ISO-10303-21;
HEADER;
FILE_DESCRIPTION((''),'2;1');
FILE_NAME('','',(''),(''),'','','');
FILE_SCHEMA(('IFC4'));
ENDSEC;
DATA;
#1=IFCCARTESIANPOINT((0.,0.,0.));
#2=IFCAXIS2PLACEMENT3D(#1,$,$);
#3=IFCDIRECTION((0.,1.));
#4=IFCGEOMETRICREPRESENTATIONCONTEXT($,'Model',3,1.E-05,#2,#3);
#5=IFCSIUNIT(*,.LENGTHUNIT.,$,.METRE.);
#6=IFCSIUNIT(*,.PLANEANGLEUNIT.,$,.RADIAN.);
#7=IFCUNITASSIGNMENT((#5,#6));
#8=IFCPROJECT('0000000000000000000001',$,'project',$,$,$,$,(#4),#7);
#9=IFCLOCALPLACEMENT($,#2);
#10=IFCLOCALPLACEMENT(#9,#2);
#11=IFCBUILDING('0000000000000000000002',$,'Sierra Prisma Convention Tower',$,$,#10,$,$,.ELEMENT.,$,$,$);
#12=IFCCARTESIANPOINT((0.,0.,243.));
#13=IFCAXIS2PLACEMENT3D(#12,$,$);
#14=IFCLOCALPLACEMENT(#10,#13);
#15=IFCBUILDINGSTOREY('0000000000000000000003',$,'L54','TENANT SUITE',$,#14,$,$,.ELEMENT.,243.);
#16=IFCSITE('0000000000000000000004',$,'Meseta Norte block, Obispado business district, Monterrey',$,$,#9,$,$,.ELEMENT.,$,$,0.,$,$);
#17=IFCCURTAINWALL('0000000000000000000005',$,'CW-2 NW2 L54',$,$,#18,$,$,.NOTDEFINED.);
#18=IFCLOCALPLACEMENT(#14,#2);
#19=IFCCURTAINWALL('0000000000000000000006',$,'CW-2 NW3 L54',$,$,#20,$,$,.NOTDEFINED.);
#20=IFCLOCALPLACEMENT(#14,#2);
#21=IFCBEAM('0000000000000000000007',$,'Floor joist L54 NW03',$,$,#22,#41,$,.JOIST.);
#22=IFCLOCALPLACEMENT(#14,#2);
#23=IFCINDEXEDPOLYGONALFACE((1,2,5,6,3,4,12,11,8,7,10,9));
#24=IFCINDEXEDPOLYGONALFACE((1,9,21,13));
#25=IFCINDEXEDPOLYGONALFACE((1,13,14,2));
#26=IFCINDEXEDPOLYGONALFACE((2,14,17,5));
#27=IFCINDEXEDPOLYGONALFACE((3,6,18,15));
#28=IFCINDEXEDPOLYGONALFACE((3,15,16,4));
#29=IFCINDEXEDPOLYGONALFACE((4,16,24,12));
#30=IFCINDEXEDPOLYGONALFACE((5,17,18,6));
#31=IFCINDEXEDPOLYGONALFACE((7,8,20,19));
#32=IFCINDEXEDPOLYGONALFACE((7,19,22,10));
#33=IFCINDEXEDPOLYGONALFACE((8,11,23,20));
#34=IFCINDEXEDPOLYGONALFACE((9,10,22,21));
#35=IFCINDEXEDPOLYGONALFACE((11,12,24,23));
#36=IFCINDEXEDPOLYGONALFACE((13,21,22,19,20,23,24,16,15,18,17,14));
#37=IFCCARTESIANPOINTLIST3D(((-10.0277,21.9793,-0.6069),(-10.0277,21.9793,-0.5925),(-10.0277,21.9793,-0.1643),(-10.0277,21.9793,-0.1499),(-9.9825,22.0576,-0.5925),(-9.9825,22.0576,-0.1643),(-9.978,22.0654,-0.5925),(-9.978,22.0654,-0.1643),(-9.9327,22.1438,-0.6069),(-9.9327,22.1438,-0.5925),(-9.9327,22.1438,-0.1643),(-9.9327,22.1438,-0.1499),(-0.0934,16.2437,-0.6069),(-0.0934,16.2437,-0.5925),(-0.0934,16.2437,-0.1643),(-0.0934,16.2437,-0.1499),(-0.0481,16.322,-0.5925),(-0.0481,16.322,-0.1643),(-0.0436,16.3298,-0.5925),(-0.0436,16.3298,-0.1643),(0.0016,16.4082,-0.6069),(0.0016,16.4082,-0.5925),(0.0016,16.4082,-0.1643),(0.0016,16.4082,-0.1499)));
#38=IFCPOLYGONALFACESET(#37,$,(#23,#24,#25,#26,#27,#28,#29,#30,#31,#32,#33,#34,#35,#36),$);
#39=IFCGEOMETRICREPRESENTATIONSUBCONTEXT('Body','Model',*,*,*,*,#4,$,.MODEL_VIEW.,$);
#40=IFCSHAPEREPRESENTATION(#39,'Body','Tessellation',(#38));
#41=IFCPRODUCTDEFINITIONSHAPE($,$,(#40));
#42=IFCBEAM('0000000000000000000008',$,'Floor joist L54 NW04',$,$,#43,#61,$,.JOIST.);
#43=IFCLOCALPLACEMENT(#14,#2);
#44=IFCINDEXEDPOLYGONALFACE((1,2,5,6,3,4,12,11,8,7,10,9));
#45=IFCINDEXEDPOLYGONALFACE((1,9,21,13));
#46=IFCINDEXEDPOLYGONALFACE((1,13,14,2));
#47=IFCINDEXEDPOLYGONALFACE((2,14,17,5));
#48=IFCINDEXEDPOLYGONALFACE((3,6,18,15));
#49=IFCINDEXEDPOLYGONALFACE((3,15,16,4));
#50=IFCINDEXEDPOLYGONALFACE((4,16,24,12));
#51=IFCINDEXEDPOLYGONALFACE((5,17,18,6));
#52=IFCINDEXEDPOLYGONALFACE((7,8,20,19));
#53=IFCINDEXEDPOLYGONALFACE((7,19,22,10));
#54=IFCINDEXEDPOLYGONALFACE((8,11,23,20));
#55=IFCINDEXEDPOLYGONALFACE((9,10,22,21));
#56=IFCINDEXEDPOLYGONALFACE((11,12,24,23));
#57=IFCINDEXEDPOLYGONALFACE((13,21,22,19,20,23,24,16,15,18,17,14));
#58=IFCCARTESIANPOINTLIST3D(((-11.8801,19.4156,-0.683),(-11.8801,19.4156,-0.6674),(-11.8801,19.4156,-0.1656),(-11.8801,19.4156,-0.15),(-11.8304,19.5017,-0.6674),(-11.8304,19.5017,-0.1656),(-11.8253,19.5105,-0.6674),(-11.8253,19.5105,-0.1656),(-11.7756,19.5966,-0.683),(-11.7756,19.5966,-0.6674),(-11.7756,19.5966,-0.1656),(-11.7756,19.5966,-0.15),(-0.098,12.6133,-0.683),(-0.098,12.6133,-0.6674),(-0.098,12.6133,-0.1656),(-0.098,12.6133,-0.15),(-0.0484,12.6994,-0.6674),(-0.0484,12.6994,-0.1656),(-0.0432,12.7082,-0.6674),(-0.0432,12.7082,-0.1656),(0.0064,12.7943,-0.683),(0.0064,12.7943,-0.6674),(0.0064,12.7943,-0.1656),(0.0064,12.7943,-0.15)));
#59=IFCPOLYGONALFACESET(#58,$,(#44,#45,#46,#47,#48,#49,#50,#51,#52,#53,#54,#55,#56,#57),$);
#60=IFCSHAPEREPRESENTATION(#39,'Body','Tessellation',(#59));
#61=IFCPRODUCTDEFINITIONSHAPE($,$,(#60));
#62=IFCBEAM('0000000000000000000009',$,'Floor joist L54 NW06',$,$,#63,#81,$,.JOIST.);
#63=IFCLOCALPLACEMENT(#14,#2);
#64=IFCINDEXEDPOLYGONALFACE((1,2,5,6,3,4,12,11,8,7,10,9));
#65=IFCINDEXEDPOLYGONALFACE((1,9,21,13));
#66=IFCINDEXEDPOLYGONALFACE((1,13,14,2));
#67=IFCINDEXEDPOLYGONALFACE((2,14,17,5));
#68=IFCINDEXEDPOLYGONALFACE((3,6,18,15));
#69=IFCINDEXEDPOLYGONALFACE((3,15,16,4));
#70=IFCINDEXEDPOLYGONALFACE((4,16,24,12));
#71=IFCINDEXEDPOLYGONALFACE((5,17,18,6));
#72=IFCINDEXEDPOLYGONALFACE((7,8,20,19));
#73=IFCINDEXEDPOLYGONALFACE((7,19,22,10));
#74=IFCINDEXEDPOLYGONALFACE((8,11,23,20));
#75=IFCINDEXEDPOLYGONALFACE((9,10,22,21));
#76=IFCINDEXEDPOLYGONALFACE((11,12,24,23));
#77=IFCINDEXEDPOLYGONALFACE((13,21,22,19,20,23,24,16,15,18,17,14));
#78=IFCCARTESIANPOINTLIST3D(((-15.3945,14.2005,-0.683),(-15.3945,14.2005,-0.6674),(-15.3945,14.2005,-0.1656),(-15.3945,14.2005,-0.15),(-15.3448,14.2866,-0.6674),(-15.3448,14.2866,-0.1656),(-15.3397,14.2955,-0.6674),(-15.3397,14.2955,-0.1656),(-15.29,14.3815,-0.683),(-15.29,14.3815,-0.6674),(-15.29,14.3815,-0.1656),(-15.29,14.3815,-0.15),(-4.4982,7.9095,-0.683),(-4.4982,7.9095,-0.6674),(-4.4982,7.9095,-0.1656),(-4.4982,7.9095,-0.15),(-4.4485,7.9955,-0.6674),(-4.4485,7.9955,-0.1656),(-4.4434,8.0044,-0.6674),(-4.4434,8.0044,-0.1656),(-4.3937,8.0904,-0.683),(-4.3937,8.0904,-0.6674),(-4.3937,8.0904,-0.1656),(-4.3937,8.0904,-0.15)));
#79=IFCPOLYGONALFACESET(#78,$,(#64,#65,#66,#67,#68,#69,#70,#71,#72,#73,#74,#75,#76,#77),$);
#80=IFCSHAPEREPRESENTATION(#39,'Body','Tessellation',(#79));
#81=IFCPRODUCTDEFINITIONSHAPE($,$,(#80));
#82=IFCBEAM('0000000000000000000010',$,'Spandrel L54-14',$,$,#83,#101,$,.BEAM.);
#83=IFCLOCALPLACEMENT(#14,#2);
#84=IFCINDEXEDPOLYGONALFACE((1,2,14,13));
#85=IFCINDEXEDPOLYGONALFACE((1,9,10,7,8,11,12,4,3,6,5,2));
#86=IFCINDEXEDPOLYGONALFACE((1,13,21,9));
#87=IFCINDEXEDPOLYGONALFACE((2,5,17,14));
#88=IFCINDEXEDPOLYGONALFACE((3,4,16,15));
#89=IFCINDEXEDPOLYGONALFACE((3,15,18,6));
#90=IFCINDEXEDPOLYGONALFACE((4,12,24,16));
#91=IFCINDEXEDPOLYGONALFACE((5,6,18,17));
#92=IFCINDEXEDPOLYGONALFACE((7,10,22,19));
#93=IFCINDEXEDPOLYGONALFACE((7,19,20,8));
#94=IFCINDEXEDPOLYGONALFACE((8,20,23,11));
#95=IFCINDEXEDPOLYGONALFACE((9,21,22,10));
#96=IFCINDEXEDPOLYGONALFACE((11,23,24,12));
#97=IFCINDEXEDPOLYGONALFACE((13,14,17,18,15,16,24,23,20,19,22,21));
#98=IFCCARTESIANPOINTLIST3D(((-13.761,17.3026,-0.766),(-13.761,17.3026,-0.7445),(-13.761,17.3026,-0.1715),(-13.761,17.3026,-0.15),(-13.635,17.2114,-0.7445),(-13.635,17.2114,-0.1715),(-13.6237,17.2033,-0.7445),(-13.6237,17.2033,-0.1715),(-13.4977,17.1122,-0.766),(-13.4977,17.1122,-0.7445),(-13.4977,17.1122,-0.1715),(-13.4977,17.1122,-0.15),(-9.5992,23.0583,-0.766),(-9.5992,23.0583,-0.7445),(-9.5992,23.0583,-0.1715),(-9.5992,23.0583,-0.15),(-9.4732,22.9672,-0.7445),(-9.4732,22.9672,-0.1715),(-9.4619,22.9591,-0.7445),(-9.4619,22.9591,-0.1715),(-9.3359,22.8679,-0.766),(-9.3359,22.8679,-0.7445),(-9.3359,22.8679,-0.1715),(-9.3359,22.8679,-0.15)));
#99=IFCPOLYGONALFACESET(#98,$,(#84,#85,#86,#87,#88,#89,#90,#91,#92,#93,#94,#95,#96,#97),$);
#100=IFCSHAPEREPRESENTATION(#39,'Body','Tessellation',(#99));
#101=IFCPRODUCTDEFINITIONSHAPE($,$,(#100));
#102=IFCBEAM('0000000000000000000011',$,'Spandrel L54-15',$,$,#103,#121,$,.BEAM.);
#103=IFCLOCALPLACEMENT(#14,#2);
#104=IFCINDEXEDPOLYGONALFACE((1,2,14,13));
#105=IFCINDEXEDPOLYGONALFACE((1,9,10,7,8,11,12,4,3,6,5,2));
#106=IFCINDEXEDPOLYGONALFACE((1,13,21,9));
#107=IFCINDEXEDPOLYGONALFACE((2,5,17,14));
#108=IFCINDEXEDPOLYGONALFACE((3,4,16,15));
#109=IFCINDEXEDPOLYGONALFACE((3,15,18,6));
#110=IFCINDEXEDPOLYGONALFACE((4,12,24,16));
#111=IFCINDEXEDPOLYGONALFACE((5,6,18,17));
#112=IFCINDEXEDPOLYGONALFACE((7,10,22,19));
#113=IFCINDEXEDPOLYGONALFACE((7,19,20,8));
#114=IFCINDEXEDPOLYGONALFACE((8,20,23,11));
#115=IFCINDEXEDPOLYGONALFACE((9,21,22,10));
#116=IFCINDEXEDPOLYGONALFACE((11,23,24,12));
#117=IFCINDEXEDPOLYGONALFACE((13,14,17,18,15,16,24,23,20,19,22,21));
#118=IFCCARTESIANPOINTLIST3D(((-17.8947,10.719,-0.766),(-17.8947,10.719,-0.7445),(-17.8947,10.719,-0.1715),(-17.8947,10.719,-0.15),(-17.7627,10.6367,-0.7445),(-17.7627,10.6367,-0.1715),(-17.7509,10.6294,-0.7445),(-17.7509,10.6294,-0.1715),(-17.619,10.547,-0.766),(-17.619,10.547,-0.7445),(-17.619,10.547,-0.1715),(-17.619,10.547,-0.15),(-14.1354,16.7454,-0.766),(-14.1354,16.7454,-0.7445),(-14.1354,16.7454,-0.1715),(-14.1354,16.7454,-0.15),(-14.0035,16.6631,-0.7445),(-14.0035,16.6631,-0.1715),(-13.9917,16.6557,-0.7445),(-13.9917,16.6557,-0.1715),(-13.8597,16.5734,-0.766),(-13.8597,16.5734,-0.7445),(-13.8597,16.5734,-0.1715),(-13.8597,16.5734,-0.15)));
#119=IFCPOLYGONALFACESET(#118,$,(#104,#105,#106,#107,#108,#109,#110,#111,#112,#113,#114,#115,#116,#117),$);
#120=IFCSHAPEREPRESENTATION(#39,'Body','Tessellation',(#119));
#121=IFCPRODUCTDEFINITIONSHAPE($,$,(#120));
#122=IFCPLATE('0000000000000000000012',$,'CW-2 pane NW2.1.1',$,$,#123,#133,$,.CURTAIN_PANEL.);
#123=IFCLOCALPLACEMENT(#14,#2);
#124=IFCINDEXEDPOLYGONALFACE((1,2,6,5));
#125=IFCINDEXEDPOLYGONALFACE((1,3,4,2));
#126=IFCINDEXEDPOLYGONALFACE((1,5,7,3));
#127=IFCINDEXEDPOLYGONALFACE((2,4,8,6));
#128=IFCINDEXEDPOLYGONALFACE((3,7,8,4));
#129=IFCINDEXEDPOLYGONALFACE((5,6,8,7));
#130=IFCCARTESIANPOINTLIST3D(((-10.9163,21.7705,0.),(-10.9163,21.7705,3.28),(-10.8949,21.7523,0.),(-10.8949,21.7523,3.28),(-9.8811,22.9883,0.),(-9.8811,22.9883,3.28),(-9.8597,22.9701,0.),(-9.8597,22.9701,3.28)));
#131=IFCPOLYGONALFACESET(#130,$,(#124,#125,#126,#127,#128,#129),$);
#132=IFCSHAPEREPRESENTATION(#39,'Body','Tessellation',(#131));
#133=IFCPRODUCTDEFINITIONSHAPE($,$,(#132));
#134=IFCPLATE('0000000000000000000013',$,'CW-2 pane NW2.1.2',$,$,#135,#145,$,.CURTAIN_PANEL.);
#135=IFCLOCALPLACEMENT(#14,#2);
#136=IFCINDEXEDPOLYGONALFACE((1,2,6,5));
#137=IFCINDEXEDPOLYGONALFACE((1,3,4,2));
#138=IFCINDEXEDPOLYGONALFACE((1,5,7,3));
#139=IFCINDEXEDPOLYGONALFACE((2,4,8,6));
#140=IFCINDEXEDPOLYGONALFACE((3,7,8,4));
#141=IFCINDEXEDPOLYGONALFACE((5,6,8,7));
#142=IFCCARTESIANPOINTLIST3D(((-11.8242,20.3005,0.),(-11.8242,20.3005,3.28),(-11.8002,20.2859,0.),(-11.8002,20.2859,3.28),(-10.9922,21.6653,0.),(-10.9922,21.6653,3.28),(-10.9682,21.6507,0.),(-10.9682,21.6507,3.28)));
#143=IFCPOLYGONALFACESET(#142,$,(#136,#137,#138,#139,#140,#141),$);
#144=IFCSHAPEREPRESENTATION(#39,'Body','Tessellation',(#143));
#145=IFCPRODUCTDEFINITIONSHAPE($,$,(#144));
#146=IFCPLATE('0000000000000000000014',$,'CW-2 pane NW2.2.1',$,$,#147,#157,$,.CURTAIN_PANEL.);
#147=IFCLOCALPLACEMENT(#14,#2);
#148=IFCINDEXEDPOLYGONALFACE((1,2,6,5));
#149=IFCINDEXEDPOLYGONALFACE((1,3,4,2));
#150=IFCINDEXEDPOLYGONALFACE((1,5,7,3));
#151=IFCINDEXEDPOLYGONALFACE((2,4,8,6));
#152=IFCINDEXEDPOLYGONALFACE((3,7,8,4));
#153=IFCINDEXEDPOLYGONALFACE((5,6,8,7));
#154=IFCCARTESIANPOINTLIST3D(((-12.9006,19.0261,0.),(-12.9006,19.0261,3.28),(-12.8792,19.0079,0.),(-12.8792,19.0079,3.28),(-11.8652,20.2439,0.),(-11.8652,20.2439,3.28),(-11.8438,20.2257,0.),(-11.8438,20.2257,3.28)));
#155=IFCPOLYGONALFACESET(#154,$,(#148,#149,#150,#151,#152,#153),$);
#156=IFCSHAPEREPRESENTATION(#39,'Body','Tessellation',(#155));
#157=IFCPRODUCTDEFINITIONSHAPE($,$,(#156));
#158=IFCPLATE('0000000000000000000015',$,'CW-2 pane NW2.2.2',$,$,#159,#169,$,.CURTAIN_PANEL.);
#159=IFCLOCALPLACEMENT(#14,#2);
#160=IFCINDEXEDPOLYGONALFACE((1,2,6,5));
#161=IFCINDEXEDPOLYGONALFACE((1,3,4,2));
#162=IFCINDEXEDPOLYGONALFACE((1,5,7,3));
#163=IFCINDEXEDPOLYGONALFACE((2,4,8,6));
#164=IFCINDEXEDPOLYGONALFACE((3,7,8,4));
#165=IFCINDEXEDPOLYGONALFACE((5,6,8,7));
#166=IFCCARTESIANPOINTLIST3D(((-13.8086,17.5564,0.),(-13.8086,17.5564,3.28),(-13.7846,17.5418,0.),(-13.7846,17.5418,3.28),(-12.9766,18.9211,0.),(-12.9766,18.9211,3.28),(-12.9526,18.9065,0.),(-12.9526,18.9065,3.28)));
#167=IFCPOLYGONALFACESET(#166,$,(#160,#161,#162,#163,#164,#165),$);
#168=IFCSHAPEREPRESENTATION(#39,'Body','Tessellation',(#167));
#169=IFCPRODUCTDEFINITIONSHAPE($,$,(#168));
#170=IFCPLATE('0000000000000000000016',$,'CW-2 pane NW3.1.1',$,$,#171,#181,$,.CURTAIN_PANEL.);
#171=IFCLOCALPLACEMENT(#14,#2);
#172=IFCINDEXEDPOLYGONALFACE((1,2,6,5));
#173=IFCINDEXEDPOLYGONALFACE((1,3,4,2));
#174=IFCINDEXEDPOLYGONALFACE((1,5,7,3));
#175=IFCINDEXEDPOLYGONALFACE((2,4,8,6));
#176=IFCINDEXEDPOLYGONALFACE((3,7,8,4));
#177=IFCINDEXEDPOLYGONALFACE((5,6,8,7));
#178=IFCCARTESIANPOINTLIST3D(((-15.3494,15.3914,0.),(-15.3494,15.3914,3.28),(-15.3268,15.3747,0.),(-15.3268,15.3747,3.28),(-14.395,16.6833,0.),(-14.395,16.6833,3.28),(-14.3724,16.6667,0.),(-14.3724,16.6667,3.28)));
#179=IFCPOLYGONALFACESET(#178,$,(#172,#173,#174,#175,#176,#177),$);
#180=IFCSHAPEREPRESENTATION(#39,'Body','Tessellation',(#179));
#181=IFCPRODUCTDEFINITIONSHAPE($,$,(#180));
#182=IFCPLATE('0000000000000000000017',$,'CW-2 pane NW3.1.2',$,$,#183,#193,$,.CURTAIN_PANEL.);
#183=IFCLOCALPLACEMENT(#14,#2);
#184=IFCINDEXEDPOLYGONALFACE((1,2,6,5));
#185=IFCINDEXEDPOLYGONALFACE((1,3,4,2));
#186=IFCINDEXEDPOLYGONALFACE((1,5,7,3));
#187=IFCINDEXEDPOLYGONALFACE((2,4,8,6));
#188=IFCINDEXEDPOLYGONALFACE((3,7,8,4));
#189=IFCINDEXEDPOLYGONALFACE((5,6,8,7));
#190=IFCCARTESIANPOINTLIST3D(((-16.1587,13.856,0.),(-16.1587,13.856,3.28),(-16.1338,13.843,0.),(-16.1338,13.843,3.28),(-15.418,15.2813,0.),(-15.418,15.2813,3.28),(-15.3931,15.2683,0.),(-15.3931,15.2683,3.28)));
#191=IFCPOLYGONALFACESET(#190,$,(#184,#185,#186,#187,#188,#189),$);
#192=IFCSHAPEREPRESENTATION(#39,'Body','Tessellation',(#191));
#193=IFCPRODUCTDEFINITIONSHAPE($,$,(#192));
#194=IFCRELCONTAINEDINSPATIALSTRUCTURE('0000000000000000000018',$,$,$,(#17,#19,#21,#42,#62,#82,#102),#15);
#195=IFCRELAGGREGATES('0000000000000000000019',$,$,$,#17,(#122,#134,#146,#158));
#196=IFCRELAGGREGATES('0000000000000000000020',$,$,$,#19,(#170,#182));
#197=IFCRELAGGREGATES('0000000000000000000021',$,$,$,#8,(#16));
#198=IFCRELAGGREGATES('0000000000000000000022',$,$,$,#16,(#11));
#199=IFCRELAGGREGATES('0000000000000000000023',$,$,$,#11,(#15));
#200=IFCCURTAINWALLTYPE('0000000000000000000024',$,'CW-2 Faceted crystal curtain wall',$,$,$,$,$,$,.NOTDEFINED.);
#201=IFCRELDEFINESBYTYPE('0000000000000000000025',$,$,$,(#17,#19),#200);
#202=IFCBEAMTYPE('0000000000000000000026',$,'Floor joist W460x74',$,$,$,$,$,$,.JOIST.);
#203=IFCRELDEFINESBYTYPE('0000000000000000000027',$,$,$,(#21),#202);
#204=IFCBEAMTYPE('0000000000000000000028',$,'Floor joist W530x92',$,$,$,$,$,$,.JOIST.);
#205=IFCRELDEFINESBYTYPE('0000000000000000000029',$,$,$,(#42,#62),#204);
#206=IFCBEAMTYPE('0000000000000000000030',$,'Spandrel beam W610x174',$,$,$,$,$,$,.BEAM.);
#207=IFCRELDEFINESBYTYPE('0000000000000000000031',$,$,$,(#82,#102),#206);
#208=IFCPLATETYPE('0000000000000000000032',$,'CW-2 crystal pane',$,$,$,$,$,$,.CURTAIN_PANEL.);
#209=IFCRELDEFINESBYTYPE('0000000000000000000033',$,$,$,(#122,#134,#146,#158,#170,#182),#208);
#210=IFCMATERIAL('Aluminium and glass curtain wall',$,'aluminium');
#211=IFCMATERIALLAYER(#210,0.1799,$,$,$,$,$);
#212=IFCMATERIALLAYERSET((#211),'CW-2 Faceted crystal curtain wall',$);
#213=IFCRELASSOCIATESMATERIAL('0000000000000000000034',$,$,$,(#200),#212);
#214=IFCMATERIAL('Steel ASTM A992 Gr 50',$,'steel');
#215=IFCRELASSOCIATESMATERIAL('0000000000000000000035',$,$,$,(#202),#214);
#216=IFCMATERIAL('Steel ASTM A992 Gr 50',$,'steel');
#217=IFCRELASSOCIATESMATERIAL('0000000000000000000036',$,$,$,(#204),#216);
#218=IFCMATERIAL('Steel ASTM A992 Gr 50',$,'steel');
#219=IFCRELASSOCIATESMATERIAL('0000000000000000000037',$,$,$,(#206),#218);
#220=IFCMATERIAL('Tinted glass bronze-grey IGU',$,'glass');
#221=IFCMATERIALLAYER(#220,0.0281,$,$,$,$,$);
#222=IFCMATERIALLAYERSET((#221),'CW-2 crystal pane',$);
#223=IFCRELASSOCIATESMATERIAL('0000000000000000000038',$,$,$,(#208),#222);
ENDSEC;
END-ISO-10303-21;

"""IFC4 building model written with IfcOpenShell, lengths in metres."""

from ifc_helpers import new_model, si_unit, direction, frame, origin, origin_2d, place, context, subcontext, project, spatial, polyline, i_section, outline, extrude, material, layer, layer_set, material_profile, profile_set, type_object, element, aggregate, save


model = new_model("IFC4")

# Units and contexts
model_context = context("Model", 3, precision=1e-05, world=origin(), true_north=direction((0.0, 1.0)))
body_context = subcontext(model_context, "Body", "Model", "MODEL_VIEW")
ifc_project = project(units=[si_unit("LENGTHUNIT", "METRE"), si_unit("PLANEANGLEUNIT", "RADIAN")], contexts=[model_context])

# Site, building, storey
site_placement = place(None, origin())
site = spatial("IfcSite", under=ifc_project, at=site_placement, Name="Meseta Norte block, Obispado business district, Monterrey", CompositionType="ELEMENT", RefElevation=0.0)
building_placement = place(site_placement, origin())
building = spatial("IfcBuilding", under=site, at=building_placement, Name="Sierra Prisma Convention Tower", CompositionType="ELEMENT")
storey_placement = place(building_placement, frame((0.0, 0.0, 243.0)))
storey = spatial("IfcBuildingStorey", under=building, at=storey_placement, Name="L54", Description="TENANT SUITE", CompositionType="ELEMENT", Elevation=243.0)

# Curtain walls
ifc_material_1 = material(Name="Aluminium and glass curtain wall", Category="aluminium")
ifc_layer_1 = layer(ifc_material_1, 0.1799)
ifc_layer_set_1 = layer_set([ifc_layer_1], Name="CW-2 Faceted crystal curtain wall")
curtain_wall_type = type_object("IfcCurtainWallType", Name="CW-2 Faceted crystal curtain wall", PredefinedType="NOTDEFINED", material=ifc_layer_set_1)
curtain_wall_1_placement = place(storey_placement, origin())
curtain_wall_1 = element("IfcCurtainWall", 1, at=curtain_wall_1_placement, inside=storey, type_object=curtain_wall_type, Name="CW-2 NW2 L54", PredefinedType="NOTDEFINED")
curtain_wall_2_placement = place(storey_placement, origin())
curtain_wall_2 = element("IfcCurtainWall", 2, at=curtain_wall_2_placement, inside=storey, type_object=curtain_wall_type, Name="CW-2 NW3 L54", PredefinedType="NOTDEFINED")

# Beams
ifc_material_2 = material(Name="Steel ASTM A992 Gr 50", Category="steel")
ifc_material_profile_1 = material_profile(ifc_material_2, i_section(OverallWidth=0.1899, OverallDepth=0.457, WebThickness=0.009, FlangeThickness=0.0144, at=origin_2d()), Name="W460x74")
ifc_profile_set_1 = profile_set([ifc_material_profile_1], Name="Steel ASTM A992 Gr 50")
beam_type_1 = type_object("IfcBeamType", Name="Floor joist W460x74", PredefinedType="JOIST", material=ifc_profile_set_1)
beam_1_placement = place(storey_placement, frame((-9.9802, 22.0615, -0.3784), z_axis=(0.866025, -0.500001, 0.0), x_axis=(0.500001, 0.866025, 0.0)))
element("IfcBeam", 3, at=beam_1_placement, inside=storey, type_object=beam_type_1, Name="Floor joist L54 NW03", PredefinedType="JOIST", context=body_context, shape_type="SweptSolid", body=[
    extrude(i_section(OverallWidth=0.1899, OverallDepth=0.457, WebThickness=0.009, FlangeThickness=0.0144, at=origin_2d()), origin(), (0.0, 0.0, 1.0), 11.4712),
])
ifc_material_3 = material(Name="Steel ASTM A992 Gr 50", Category="steel")
ifc_material_profile_2 = material_profile(ifc_material_3, i_section(OverallWidth=0.209, OverallDepth=0.533, WebThickness=0.0103, FlangeThickness=0.0156, at=origin_2d()), Name="W530x92")
ifc_profile_set_2 = profile_set([ifc_material_profile_2], Name="Steel ASTM A992 Gr 50")
beam_type_2 = type_object("IfcBeamType", Name="Floor joist W530x92", PredefinedType="JOIST", material=ifc_profile_set_2)
beam_2_placement = place(storey_placement, frame((-11.8279, 19.5061, -0.4165), z_axis=(0.866028, -0.499995, 0.0), x_axis=(0.499995, 0.866028, 0.0)))
element("IfcBeam", 4, at=beam_2_placement, inside=storey, type_object=beam_type_2, Name="Floor joist L54 NW04", PredefinedType="JOIST", context=body_context, shape_type="SweptSolid", body=[
    extrude(i_section(OverallWidth=0.209, OverallDepth=0.533, WebThickness=0.0103, FlangeThickness=0.0156, at=origin_2d()), origin(), (0.0, 0.0, 1.0), 13.6047),
])
beam_3_placement = place(storey_placement, frame((-15.3423, 14.291, -0.4165), z_axis=(0.866023, -0.500004, 0.0), x_axis=(0.500004, 0.866023, 0.0)))
element("IfcBeam", 5, at=beam_3_placement, inside=storey, type_object=beam_type_2, Name="Floor joist L54 NW06", PredefinedType="JOIST", context=body_context, shape_type="SweptSolid", body=[
    extrude(i_section(OverallWidth=0.209, OverallDepth=0.533, WebThickness=0.0103, FlangeThickness=0.0156, at=origin_2d()), origin(), (0.0, 0.0, 1.0), 12.582),
])
ifc_material_4 = material(Name="Steel ASTM A992 Gr 50", Category="steel")
ifc_material_profile_3 = material_profile(ifc_material_4, i_section(OverallWidth=0.325, OverallDepth=0.616, WebThickness=0.0139, FlangeThickness=0.0215, at=origin_2d()), Name="W610x174")
ifc_profile_set_3 = profile_set([ifc_material_profile_3], Name="Steel ASTM A992 Gr 50")
beam_type_3 = type_object("IfcBeamType", Name="Spandrel beam W610x174", PredefinedType="BEAM", material=ifc_profile_set_3)
for number, where, z_axis, x_axis, name in (
    (6, (-9.4675, 22.9631, -0.458), (-0.58594, -0.810355, 0.0), (0.810355, -0.58594, 0.0), "Spandrel L54-14"),
    (7, (-13.9976, 16.6594, -0.458), (-0.52927, -0.848454, 0.0), (0.848454, -0.52927, 0.0), "Spandrel L54-15"),
):
    element("IfcBeam", number, at=place(storey_placement, frame(where, z_axis=z_axis, x_axis=x_axis)), inside=storey, type_object=beam_type_3, Name=name, PredefinedType="BEAM", context=body_context, shape_type="SweptSolid", body=[
        extrude(i_section(OverallWidth=0.325, OverallDepth=0.616, WebThickness=0.0139, FlangeThickness=0.0215, at=origin_2d()), origin(), (0.0, 0.0, 1.0), 7.1028),
    ])

# Plates
ifc_material_5 = material(Name="Tinted glass bronze-grey IGU", Category="glass")
ifc_layer_2 = layer(ifc_material_5, 0.0281)
ifc_layer_set_2 = layer_set([ifc_layer_2], Name="CW-2 crystal pane")
plate_type = type_object("IfcPlateType", Name="CW-2 crystal pane", PredefinedType="CURTAIN_PANEL", material=ifc_layer_set_2)
plate_1_placement = place(storey_placement, frame((-9.8811, 22.9883, 0.0), z_axis=(-0.761924, 0.647666, 0.0), x_axis=(-0.647666, -0.761924, 0.0)))
plate_1 = element("IfcPlate", 8, at=plate_1_placement, type_object=plate_type, Name="CW-2 pane NW2.1.1", PredefinedType="CURTAIN_PANEL", context=body_context, shape_type="SweptSolid", body=[
    extrude(outline(polyline([(0.0, 0.0), (1.5983, 0.0), (1.5983, 3.28), (0.0, 3.28), (0.0, 0.0)])), origin(), (0.0, 0.0, -1.0), 0.0281),
])
plate_2_placement = place(storey_placement, frame((-11.8242, 20.3005, 0.0), z_axis=(-0.853833, 0.520548, 0.0), x_axis=(0.520548, 0.853833, 0.0)))
plate_2 = element("IfcPlate", 9, at=plate_2_placement, type_object=plate_type, Name="CW-2 pane NW2.1.2", PredefinedType="CURTAIN_PANEL", context=body_context, shape_type="SweptSolid", body=[
    extrude(outline(polyline([(0.0, 0.0), (1.5984, 0.0), (1.5984, -3.28), (0.0, -3.28), (0.0, 0.0)])), origin(), (0.0, 0.0, -1.0), 0.0281),
])
plate_3_placement = place(storey_placement, frame((-11.8652, 20.2439, 0.0), z_axis=(-0.761849, 0.647755, 0.0), x_axis=(-0.647755, -0.761849, 0.0)))
plate_3 = element("IfcPlate", 10, at=plate_3_placement, type_object=plate_type, Name="CW-2 pane NW2.2.1", PredefinedType="CURTAIN_PANEL", context=body_context, shape_type="SweptSolid", body=[
    extrude(outline(polyline([(0.0, 0.0), (1.5984, 0.0), (1.5984, 3.28), (0.0, 3.28), (0.0, 0.0)])), origin(), (0.0, 0.0, -1.0), 0.0281),
])
plate_4_placement = place(storey_placement, frame((-13.8086, 17.5564, 0.0), z_axis=(-0.853833, 0.520548, 0.0), x_axis=(0.520548, 0.853833, 0.0)))
plate_4 = element("IfcPlate", 11, at=plate_4_placement, type_object=plate_type, Name="CW-2 pane NW2.2.2", PredefinedType="CURTAIN_PANEL", context=body_context, shape_type="SweptSolid", body=[
    extrude(outline(polyline([(0.0, 0.0), (1.5984, 0.0), (1.5984, -3.28), (0.0, -3.28), (0.0, 0.0)])), origin(), (0.0, 0.0, -1.0), 0.0281),
])
aggregate(curtain_wall_1, [plate_1, plate_2, plate_3, plate_4])
plate_5_placement = place(storey_placement, frame((-14.395, 16.6833, 0.0), z_axis=(-0.804356, 0.594147, 0.0), x_axis=(-0.594147, -0.804356, 0.0)))
plate_5 = element("IfcPlate", 12, at=plate_5_placement, type_object=plate_type, Name="CW-2 pane NW3.1.1", PredefinedType="CURTAIN_PANEL", context=body_context, shape_type="SweptSolid", body=[
    extrude(outline(polyline([(0.0, 0.0), (1.6062, 0.0), (1.6062, 3.28), (0.0, 3.28), (0.0, 0.0)])), origin(), (0.0, 0.0, -1.0), 0.0281),
])
plate_6_placement = place(storey_placement, frame((-16.1587, 13.856, 0.0), z_axis=(-0.887326, 0.461142, 0.0), x_axis=(0.461142, 0.887326, 0.0)))
plate_6 = element("IfcPlate", 13, at=plate_6_placement, type_object=plate_type, Name="CW-2 pane NW3.1.2", PredefinedType="CURTAIN_PANEL", context=body_context, shape_type="SweptSolid", body=[
    extrude(outline(polyline([(0.0, 0.0), (1.6063, 0.0), (1.6063, -3.28), (0.0, -3.28), (0.0, 0.0)])), origin(), (0.0, 0.0, -1.0), 0.0281),
])
aggregate(curtain_wall_2, [plate_5, plate_6])

save(model, "model.ifc")
